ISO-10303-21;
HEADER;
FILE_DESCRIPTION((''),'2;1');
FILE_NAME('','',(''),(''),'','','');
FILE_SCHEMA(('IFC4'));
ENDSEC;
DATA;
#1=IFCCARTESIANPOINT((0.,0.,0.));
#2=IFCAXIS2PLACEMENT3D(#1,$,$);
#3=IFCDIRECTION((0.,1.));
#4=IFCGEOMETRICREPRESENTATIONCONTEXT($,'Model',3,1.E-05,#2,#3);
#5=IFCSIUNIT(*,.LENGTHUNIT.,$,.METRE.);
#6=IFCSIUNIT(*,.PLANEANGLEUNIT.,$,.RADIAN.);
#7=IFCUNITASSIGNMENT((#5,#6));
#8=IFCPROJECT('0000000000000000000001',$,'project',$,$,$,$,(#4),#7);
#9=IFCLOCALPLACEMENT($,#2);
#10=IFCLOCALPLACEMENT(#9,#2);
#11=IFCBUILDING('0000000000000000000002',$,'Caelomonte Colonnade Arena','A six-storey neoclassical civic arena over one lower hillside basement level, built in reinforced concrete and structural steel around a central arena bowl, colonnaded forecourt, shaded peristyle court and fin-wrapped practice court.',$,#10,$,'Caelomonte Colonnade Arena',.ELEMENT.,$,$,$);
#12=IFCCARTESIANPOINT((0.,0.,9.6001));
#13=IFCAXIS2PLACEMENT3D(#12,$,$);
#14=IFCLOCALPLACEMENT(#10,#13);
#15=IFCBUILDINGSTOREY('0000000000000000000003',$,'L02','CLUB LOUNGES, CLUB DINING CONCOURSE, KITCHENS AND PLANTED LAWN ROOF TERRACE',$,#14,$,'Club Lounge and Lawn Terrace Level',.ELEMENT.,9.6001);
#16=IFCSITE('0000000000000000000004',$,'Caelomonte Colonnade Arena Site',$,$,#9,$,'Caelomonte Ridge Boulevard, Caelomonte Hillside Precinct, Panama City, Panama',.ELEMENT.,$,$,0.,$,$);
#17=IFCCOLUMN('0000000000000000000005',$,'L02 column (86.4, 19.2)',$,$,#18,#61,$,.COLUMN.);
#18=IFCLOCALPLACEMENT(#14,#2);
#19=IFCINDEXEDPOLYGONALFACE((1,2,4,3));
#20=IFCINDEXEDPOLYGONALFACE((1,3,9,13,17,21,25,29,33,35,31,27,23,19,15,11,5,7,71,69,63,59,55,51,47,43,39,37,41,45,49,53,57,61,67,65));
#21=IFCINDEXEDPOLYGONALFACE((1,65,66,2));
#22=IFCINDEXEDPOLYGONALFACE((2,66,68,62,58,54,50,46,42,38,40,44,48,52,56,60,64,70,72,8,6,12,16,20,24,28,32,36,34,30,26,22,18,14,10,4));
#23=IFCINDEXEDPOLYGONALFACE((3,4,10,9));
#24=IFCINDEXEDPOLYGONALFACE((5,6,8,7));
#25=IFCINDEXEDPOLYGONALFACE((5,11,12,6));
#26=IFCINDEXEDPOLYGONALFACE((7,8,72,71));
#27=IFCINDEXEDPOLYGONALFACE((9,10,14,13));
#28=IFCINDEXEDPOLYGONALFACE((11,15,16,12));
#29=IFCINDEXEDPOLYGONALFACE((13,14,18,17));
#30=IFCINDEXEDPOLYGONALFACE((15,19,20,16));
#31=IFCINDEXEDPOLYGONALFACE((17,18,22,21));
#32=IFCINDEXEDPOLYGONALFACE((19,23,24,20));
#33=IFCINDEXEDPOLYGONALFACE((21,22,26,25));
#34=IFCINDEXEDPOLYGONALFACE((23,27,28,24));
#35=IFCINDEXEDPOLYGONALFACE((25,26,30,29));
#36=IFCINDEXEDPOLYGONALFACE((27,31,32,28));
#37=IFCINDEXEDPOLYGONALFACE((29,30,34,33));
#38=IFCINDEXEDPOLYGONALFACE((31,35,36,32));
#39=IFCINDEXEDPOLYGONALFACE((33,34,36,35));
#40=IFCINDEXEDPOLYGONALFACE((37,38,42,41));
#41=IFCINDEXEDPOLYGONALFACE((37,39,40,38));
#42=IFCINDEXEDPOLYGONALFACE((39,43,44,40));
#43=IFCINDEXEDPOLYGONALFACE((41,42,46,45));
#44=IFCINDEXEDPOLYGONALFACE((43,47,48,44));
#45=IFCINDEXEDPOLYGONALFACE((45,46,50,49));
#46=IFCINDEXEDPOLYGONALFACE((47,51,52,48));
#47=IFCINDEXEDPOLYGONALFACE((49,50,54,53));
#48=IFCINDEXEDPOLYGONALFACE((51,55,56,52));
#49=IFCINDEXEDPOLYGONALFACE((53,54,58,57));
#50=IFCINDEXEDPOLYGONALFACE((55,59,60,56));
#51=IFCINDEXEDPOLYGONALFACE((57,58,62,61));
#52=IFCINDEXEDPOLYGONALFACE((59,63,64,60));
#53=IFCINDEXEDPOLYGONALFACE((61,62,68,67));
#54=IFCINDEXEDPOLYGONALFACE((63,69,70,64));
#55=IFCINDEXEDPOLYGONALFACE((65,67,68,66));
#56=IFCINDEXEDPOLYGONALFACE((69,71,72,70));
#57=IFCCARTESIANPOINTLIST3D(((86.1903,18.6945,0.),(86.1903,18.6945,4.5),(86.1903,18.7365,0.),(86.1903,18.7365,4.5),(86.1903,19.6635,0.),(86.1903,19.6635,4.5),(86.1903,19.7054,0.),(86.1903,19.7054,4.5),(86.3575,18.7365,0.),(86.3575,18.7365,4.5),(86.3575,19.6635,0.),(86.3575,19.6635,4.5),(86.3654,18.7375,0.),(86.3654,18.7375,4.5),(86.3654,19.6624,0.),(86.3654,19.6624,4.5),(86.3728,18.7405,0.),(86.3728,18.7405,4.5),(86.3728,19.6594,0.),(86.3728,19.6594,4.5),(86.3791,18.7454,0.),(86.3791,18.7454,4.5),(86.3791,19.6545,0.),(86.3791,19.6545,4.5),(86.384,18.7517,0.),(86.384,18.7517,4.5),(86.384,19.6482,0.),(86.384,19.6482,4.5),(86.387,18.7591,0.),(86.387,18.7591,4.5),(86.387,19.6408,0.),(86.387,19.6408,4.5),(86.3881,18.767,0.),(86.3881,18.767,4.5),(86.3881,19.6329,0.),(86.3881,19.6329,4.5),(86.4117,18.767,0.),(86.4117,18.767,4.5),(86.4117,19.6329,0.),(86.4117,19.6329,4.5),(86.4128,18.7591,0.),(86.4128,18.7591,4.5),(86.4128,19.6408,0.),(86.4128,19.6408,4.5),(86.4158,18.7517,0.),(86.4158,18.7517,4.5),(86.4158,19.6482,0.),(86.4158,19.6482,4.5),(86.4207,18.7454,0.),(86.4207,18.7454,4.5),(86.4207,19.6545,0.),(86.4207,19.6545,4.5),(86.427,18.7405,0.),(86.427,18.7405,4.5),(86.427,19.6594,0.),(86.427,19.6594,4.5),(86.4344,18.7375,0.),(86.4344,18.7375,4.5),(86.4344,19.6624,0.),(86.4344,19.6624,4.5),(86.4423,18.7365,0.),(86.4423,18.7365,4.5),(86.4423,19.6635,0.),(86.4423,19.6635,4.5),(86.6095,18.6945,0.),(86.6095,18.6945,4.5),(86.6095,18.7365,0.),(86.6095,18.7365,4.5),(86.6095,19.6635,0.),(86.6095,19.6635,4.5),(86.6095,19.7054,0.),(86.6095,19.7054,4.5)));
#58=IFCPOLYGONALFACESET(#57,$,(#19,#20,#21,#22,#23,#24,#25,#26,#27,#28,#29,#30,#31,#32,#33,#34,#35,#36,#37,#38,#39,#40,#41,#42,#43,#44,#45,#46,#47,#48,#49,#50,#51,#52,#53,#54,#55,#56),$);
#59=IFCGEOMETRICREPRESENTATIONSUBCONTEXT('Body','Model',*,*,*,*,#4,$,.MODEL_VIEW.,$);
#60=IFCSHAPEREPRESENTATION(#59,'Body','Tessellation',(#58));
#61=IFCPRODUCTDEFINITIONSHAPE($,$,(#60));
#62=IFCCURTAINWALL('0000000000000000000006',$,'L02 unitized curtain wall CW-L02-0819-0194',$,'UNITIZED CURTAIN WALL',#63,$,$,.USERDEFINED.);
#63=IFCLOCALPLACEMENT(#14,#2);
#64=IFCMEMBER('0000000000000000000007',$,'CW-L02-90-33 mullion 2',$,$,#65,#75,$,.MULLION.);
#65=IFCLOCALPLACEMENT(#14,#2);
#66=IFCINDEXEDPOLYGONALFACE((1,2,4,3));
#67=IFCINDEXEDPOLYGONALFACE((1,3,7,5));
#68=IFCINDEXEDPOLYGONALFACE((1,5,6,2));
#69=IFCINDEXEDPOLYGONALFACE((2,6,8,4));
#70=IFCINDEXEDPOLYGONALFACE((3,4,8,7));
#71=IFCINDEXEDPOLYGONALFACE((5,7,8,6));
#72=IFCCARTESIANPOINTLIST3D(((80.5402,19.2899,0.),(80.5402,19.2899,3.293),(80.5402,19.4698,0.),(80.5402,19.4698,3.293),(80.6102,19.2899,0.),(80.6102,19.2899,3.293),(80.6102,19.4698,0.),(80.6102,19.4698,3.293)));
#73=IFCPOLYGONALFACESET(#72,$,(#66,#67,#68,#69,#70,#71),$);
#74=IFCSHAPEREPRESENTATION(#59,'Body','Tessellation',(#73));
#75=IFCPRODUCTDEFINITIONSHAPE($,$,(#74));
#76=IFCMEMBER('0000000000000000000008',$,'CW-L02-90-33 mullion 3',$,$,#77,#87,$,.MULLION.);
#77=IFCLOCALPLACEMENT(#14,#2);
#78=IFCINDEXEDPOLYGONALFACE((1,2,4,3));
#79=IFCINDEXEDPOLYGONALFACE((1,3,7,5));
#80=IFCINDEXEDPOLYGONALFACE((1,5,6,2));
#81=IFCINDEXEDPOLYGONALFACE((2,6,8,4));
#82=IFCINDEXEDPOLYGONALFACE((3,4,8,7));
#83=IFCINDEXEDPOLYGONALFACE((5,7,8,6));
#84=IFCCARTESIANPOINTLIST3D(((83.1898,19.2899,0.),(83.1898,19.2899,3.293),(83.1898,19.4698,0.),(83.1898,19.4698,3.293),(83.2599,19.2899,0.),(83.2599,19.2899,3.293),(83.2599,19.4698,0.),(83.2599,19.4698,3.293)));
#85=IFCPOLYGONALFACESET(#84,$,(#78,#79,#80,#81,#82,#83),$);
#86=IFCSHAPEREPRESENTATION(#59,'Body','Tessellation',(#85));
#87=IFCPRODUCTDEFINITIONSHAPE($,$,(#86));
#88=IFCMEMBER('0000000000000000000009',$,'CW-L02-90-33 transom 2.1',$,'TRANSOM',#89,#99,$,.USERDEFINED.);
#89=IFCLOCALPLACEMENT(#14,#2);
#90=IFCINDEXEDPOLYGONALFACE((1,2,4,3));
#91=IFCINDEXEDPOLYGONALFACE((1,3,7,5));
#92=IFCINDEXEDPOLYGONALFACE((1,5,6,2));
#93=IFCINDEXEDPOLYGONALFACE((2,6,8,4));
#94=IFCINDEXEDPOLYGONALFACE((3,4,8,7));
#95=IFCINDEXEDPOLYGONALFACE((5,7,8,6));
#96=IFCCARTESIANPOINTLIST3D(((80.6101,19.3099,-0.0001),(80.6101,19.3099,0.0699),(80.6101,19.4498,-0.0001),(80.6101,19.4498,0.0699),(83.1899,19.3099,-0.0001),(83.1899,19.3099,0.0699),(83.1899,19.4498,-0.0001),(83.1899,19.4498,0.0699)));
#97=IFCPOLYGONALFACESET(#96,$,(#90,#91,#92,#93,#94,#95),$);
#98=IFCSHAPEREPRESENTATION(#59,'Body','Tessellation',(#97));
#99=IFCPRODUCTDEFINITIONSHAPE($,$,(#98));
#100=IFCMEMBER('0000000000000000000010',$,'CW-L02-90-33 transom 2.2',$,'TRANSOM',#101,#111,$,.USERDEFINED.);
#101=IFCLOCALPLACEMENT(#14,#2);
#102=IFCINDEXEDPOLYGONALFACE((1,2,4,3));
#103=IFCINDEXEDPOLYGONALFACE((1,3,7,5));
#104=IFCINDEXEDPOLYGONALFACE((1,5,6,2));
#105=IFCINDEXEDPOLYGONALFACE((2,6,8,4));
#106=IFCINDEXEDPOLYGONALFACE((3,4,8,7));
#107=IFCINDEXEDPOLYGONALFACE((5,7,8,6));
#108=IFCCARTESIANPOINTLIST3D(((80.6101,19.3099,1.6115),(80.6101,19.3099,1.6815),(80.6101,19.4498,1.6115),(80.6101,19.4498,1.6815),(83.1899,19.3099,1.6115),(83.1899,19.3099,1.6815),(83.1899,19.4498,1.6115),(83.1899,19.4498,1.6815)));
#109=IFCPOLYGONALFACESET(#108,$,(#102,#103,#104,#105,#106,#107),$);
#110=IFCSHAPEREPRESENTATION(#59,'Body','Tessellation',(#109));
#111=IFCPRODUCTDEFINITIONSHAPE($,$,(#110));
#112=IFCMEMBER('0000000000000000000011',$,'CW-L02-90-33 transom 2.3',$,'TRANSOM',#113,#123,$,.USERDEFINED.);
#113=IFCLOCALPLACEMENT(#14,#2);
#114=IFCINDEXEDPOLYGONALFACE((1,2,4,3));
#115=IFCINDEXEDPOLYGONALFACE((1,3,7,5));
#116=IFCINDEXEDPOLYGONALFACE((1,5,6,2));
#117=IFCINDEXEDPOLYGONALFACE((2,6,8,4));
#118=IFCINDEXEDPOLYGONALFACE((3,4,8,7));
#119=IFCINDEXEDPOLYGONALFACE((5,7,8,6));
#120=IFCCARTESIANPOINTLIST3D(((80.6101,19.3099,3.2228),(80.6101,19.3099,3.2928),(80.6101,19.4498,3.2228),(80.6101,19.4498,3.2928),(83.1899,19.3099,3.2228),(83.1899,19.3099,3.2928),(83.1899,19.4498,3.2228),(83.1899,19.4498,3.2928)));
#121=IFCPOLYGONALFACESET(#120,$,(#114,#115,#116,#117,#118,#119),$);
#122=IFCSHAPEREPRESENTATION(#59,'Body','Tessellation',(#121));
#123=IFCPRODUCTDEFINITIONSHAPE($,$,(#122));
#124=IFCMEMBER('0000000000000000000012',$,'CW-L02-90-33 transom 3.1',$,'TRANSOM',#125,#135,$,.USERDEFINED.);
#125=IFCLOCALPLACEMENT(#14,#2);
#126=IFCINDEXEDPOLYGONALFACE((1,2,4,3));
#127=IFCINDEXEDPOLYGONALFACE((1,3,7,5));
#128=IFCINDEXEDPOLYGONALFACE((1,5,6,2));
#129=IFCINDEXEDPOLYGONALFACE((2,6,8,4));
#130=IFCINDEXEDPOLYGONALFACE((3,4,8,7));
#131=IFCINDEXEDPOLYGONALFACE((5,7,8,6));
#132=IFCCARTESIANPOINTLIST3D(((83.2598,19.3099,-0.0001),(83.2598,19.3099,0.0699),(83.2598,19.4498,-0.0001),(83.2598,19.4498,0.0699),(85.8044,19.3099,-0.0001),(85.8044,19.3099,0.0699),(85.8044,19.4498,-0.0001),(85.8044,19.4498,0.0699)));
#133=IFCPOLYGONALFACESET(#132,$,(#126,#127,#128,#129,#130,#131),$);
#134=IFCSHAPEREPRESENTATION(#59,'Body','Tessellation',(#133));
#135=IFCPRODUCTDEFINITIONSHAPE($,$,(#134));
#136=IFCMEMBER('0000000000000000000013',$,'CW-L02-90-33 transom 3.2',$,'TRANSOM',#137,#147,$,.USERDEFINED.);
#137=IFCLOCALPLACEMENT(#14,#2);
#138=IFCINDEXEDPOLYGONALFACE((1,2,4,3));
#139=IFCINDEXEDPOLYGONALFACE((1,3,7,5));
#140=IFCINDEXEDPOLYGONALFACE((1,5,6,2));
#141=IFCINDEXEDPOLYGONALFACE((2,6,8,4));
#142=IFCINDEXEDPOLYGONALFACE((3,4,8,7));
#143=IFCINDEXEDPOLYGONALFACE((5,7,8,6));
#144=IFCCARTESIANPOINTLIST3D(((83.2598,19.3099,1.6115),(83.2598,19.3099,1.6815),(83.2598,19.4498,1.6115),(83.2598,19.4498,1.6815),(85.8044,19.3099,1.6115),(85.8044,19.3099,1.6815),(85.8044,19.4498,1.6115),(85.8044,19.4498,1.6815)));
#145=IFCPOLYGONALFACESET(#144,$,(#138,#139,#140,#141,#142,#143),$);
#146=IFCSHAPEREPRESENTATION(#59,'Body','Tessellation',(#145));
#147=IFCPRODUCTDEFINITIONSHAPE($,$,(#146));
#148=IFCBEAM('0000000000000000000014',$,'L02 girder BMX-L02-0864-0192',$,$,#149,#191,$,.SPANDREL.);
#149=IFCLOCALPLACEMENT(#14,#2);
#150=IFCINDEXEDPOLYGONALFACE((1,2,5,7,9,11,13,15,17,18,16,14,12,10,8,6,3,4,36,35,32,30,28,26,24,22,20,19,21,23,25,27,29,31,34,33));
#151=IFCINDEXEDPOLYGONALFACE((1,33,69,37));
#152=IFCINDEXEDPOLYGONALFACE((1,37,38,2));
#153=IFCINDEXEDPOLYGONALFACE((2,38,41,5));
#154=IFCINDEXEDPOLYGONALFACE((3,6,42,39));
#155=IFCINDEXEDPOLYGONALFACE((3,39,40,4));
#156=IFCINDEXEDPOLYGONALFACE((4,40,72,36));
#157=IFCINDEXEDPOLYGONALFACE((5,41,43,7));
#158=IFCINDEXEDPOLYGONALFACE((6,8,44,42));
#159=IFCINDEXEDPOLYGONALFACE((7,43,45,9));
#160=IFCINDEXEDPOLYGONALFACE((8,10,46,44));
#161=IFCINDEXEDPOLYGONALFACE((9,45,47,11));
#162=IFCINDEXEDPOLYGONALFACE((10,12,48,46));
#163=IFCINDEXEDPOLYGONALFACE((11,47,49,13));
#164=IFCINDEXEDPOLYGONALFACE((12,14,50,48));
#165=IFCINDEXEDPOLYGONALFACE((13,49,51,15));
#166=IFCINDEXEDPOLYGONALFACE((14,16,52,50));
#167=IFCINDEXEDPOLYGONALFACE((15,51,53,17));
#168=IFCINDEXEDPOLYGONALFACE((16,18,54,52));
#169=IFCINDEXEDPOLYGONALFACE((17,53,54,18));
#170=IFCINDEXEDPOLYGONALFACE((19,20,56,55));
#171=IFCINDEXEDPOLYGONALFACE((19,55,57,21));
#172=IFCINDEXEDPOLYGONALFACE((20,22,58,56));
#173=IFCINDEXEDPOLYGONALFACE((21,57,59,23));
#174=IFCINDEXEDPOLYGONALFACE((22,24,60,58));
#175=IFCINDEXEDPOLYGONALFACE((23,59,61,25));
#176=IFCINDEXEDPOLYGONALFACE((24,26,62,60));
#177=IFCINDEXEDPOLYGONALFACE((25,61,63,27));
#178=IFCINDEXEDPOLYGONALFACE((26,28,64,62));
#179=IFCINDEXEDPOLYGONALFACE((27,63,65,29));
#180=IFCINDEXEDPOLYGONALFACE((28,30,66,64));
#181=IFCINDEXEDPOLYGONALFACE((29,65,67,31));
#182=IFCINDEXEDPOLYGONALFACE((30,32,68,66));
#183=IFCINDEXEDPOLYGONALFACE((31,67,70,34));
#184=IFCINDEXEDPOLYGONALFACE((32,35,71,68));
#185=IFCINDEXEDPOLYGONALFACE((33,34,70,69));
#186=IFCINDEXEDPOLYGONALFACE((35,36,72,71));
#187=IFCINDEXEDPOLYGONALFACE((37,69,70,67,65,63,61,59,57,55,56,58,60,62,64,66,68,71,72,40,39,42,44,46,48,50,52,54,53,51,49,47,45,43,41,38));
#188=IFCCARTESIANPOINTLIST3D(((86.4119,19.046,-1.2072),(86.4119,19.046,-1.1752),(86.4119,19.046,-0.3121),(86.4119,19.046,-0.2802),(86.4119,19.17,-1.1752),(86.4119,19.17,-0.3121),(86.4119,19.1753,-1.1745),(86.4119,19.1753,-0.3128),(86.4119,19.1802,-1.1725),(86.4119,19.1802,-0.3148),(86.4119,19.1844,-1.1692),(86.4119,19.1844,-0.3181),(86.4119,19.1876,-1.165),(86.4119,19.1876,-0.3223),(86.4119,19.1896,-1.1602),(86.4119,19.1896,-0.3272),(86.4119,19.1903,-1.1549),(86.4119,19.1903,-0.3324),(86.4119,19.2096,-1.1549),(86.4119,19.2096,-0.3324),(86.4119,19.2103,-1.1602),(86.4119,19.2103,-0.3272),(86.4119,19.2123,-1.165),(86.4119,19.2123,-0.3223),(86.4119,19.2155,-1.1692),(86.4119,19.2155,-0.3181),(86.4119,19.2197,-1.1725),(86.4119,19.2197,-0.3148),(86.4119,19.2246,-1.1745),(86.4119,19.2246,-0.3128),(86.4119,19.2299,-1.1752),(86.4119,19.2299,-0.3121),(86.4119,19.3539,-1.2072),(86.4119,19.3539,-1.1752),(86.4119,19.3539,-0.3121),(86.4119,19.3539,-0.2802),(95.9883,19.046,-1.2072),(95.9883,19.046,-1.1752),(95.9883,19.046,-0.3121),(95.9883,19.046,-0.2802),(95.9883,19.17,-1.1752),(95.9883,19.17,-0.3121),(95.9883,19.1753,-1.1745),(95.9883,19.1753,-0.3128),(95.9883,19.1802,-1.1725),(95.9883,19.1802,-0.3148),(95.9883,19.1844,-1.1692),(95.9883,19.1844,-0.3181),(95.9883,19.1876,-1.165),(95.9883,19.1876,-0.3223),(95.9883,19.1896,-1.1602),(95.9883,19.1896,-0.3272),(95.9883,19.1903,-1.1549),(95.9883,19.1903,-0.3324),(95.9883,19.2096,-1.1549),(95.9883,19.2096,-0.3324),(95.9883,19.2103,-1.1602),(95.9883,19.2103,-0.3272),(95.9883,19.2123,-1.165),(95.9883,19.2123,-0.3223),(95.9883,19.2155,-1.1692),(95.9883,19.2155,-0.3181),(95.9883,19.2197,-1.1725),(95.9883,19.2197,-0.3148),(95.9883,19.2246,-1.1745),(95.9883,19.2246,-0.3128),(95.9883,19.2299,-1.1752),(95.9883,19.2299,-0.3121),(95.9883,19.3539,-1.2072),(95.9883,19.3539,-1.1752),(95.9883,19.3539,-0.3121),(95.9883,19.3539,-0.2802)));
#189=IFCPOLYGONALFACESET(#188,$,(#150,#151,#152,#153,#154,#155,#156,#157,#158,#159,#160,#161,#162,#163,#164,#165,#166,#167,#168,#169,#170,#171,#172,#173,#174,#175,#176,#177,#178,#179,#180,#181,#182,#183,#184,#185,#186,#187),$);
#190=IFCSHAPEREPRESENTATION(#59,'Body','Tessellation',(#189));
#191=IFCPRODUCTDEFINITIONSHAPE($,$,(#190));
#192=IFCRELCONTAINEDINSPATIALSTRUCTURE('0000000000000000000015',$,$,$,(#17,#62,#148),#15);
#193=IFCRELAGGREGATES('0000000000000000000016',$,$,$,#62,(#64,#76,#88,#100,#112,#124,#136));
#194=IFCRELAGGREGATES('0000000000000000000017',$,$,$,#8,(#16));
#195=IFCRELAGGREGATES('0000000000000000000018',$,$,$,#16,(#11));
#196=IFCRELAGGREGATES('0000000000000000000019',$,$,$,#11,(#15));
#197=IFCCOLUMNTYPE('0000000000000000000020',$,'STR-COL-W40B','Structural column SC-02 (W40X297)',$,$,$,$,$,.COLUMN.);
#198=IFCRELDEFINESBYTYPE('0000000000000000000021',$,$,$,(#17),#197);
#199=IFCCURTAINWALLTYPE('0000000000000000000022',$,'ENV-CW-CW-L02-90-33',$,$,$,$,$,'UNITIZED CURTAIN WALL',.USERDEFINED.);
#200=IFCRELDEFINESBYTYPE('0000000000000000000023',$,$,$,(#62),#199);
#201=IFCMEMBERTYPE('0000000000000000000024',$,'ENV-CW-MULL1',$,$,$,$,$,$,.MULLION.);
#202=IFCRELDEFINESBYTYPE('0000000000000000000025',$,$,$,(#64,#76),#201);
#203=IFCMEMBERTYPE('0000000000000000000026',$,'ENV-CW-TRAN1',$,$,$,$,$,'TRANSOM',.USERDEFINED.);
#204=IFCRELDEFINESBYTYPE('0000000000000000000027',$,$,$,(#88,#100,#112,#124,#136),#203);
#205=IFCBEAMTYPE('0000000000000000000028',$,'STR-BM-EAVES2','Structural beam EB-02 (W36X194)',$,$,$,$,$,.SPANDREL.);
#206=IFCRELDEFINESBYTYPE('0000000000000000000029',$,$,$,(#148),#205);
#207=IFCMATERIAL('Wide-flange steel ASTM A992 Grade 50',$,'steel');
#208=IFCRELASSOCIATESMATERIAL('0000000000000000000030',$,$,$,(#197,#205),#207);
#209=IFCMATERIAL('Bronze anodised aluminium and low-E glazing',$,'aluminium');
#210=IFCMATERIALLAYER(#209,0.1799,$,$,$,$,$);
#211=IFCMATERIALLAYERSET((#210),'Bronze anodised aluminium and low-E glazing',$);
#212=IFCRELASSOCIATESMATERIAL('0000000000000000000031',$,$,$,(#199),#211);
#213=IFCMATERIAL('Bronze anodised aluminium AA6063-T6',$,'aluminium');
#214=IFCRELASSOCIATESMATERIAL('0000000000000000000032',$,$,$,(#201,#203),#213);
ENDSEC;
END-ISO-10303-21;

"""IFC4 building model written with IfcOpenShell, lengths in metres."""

from ifc_helpers import new_model, si_unit, direction, frame, origin, origin_2d, place, context, subcontext, project, spatial, rectangle, i_section, extrude, material, layer, layer_set, material_profile, profile_set, type_object, element, aggregate, save


model = new_model("IFC4")

# Units and contexts
model_context = context("Model", 3, precision=1e-05, world=origin(), true_north=direction((0.0, 1.0)))
body_context = subcontext(model_context, "Body", "Model", "MODEL_VIEW")
ifc_project = project(units=[si_unit("LENGTHUNIT", "METRE"), si_unit("PLANEANGLEUNIT", "RADIAN")], contexts=[model_context])

# Site, building, storey
site_placement = place(None, origin())
site = spatial("IfcSite", under=ifc_project, at=site_placement, Name="Caelomonte Colonnade Arena Site", LongName="Caelomonte Ridge Boulevard, Caelomonte Hillside Precinct, Panama City, Panama", CompositionType="ELEMENT", RefElevation=0.0)
building_placement = place(site_placement, origin())
building = spatial("IfcBuilding", under=site, at=building_placement, Name="Caelomonte Colonnade Arena", Description="A six-storey neoclassical civic arena over one lower hillside basement level, built in reinforced concrete and structural steel around a central arena bowl, colonnaded forecourt, shaded peristyle court and fin-wrapped practice court.", LongName="Caelomonte Colonnade Arena", CompositionType="ELEMENT")
storey_placement = place(building_placement, frame((0.0, 0.0, 9.6001)))
storey = spatial("IfcBuildingStorey", under=building, at=storey_placement, Name="L02", Description="CLUB LOUNGES, CLUB DINING CONCOURSE, KITCHENS AND PLANTED LAWN ROOF TERRACE", LongName="Club Lounge and Lawn Terrace Level", CompositionType="ELEMENT", Elevation=9.6001)

# Column
ifc_material_1 = material(Name="Wide-flange steel ASTM A992 Grade 50", Category="steel")
ifc_material_profile_1 = material_profile(ifc_material_1, i_section(OverallWidth=0.4192, OverallDepth=1.011, WebThickness=0.0237, FlangeThickness=0.042, FilletRadius=0.0305, at=origin_2d()), Name="W40X297")
ifc_profile_set_1 = profile_set([ifc_material_profile_1], Name="Wide-flange steel ASTM A992 Grade 50")
column_type = type_object("IfcColumnType", Name="STR-COL-W40B", Description="Structural column SC-02 (W40X297)", PredefinedType="COLUMN", material=ifc_profile_set_1)
column_placement = place(storey_placement, frame((86.3999, 19.2, 0.0), z_axis=(0.0, 0.0, 1.0), x_axis=(1.0, 0.0, 0.0)))
element("IfcColumn", 1, at=column_placement, inside=storey, type_object=column_type, Name="L02 column (86.4, 19.2)", PredefinedType="COLUMN", context=body_context, shape_type="SweptSolid", body=[
    extrude(i_section(OverallWidth=0.4192, OverallDepth=1.011, WebThickness=0.0237, FlangeThickness=0.042, FilletRadius=0.0305, at=origin_2d()), origin(), (0.0, 0.0, 1.0), 4.5),
])

# Curtain wall, members
ifc_material_2 = material(Name="Bronze anodised aluminium and low-E glazing", Category="aluminium")
ifc_layer_1 = layer(ifc_material_2, 0.1799)
ifc_layer_set_1 = layer_set([ifc_layer_1], Name="Bronze anodised aluminium and low-E glazing")
curtain_wall_type = type_object("IfcCurtainWallType", Name="ENV-CW-CW-L02-90-33", ElementType="UNITIZED CURTAIN WALL", PredefinedType="USERDEFINED", material=ifc_layer_set_1)
curtain_wall_placement = place(storey_placement, origin())
curtain_wall = element("IfcCurtainWall", 2, at=curtain_wall_placement, inside=storey, type_object=curtain_wall_type, Name="L02 unitized curtain wall CW-L02-0819-0194", ObjectType="UNITIZED CURTAIN WALL", PredefinedType="USERDEFINED")
ifc_material_3 = material(Name="Bronze anodised aluminium AA6063-T6", Category="aluminium")
ifc_material_profile_2 = material_profile(ifc_material_3, rectangle(XDim=0.0701, YDim=0.1799, at=origin_2d()), Name="CWM-70X180")
ifc_profile_set_2 = profile_set([ifc_material_profile_2], Name="Bronze anodised aluminium AA6063-T6")
member_type_1 = type_object("IfcMemberType", Name="ENV-CW-MULL1", PredefinedType="MULLION", material=ifc_profile_set_2)
member_1_placement = place(storey_placement, frame((80.5752, 19.3799, 0.0), z_axis=(0.0, 0.0, 1.0), x_axis=(1.0, 0.0, 0.0)))
member_1 = element("IfcMember", 3, at=member_1_placement, type_object=member_type_1, Name="CW-L02-90-33 mullion 2", PredefinedType="MULLION", context=body_context, shape_type="SweptSolid", body=[
    extrude(rectangle(XDim=0.0701, YDim=0.1799, at=origin_2d()), origin(), (0.0, 0.0, 1.0), 3.293),
])
member_2_placement = place(storey_placement, frame((83.2249, 19.3799, 0.0), z_axis=(0.0, 0.0, 1.0), x_axis=(1.0, 0.0, 0.0)))
member_2 = element("IfcMember", 4, at=member_2_placement, type_object=member_type_1, Name="CW-L02-90-33 mullion 3", PredefinedType="MULLION", context=body_context, shape_type="SweptSolid", body=[
    extrude(rectangle(XDim=0.0701, YDim=0.1799, at=origin_2d()), origin(), (0.0, 0.0, 1.0), 3.293),
])
ifc_material_profile_3 = material_profile(ifc_material_3, rectangle(XDim=0.0701, YDim=0.1399, at=origin_2d()), Name="CWT-70X140")
ifc_profile_set_3 = profile_set([ifc_material_profile_3], Name="Bronze anodised aluminium AA6063-T6")
member_type_2 = type_object("IfcMemberType", Name="ENV-CW-TRAN1", ElementType="TRANSOM", PredefinedType="USERDEFINED", material=ifc_profile_set_3)
member_3_placement = place(storey_placement, frame((80.6101, 19.3799, 0.0349), z_axis=(1.0, 0.0, 0.0), x_axis=(0.0, 0.0, 1.0)))
member_3 = element("IfcMember", 5, at=member_3_placement, type_object=member_type_2, Name="CW-L02-90-33 transom 2.1", ObjectType="TRANSOM", PredefinedType="USERDEFINED", context=body_context, shape_type="SweptSolid", body=[
    extrude(rectangle(XDim=0.0701, YDim=0.1399, at=origin_2d()), origin(), (0.0, 0.0, 1.0), 2.5798),
])
member_4_placement = place(storey_placement, frame((80.6101, 19.3799, 1.6465), z_axis=(1.0, 0.0, 0.0), x_axis=(0.0, 0.0, 1.0)))
member_4 = element("IfcMember", 6, at=member_4_placement, type_object=member_type_2, Name="CW-L02-90-33 transom 2.2", ObjectType="TRANSOM", PredefinedType="USERDEFINED", context=body_context, shape_type="SweptSolid", body=[
    extrude(rectangle(XDim=0.0701, YDim=0.1399, at=origin_2d()), origin(), (0.0, 0.0, 1.0), 2.5798),
])
member_5_placement = place(storey_placement, frame((80.6101, 19.3799, 3.2578), z_axis=(1.0, 0.0, 0.0), x_axis=(0.0, 0.0, 1.0)))
member_5 = element("IfcMember", 7, at=member_5_placement, type_object=member_type_2, Name="CW-L02-90-33 transom 2.3", ObjectType="TRANSOM", PredefinedType="USERDEFINED", context=body_context, shape_type="SweptSolid", body=[
    extrude(rectangle(XDim=0.0701, YDim=0.1399, at=origin_2d()), origin(), (0.0, 0.0, 1.0), 2.5798),
])
member_6_placement = place(storey_placement, frame((83.2598, 19.3799, 0.0349), z_axis=(1.0, 0.0, 0.0), x_axis=(0.0, 0.0, 1.0)))
member_6 = element("IfcMember", 8, at=member_6_placement, type_object=member_type_2, Name="CW-L02-90-33 transom 3.1", ObjectType="TRANSOM", PredefinedType="USERDEFINED", context=body_context, shape_type="SweptSolid", body=[
    extrude(rectangle(XDim=0.0701, YDim=0.1399, at=origin_2d()), origin(), (0.0, 0.0, 1.0), 2.5447),
])
member_7_placement = place(storey_placement, frame((83.2598, 19.3799, 1.6465), z_axis=(1.0, 0.0, 0.0), x_axis=(0.0, 0.0, 1.0)))
member_7 = element("IfcMember", 9, at=member_7_placement, type_object=member_type_2, Name="CW-L02-90-33 transom 3.2", ObjectType="TRANSOM", PredefinedType="USERDEFINED", context=body_context, shape_type="SweptSolid", body=[
    extrude(rectangle(XDim=0.0701, YDim=0.1399, at=origin_2d()), origin(), (0.0, 0.0, 1.0), 2.5447),
])

# Beam
ifc_material_profile_4 = material_profile(ifc_material_1, i_section(OverallWidth=0.3079, OverallDepth=0.927, WebThickness=0.0193, FlangeThickness=0.032, FilletRadius=0.0203, at=origin_2d()), Name="W36X194")
ifc_profile_set_4 = profile_set([ifc_material_profile_4], Name="Wide-flange steel ASTM A992 Grade 50")
beam_type = type_object("IfcBeamType", Name="STR-BM-EAVES2", Description="Structural beam EB-02 (W36X194)", PredefinedType="SPANDREL", material=ifc_profile_set_4)
beam_placement = place(storey_placement, frame((86.4119, 19.2, -0.7437), z_axis=(1.0, 0.0, 0.0), x_axis=(0.0, 1.0, 0.0)))
element("IfcBeam", 10, at=beam_placement, inside=storey, type_object=beam_type, Name="L02 girder BMX-L02-0864-0192", PredefinedType="SPANDREL", context=body_context, shape_type="SweptSolid", body=[
    extrude(i_section(OverallWidth=0.3079, OverallDepth=0.927, WebThickness=0.0193, FlangeThickness=0.032, FilletRadius=0.0203, at=origin_2d()), origin(), (0.0, 0.0, 1.0), 9.5764),
])

aggregate(curtain_wall, [member_1, member_2, member_3, member_4, member_5, member_6, member_7])

save(model, "model.ifc")
